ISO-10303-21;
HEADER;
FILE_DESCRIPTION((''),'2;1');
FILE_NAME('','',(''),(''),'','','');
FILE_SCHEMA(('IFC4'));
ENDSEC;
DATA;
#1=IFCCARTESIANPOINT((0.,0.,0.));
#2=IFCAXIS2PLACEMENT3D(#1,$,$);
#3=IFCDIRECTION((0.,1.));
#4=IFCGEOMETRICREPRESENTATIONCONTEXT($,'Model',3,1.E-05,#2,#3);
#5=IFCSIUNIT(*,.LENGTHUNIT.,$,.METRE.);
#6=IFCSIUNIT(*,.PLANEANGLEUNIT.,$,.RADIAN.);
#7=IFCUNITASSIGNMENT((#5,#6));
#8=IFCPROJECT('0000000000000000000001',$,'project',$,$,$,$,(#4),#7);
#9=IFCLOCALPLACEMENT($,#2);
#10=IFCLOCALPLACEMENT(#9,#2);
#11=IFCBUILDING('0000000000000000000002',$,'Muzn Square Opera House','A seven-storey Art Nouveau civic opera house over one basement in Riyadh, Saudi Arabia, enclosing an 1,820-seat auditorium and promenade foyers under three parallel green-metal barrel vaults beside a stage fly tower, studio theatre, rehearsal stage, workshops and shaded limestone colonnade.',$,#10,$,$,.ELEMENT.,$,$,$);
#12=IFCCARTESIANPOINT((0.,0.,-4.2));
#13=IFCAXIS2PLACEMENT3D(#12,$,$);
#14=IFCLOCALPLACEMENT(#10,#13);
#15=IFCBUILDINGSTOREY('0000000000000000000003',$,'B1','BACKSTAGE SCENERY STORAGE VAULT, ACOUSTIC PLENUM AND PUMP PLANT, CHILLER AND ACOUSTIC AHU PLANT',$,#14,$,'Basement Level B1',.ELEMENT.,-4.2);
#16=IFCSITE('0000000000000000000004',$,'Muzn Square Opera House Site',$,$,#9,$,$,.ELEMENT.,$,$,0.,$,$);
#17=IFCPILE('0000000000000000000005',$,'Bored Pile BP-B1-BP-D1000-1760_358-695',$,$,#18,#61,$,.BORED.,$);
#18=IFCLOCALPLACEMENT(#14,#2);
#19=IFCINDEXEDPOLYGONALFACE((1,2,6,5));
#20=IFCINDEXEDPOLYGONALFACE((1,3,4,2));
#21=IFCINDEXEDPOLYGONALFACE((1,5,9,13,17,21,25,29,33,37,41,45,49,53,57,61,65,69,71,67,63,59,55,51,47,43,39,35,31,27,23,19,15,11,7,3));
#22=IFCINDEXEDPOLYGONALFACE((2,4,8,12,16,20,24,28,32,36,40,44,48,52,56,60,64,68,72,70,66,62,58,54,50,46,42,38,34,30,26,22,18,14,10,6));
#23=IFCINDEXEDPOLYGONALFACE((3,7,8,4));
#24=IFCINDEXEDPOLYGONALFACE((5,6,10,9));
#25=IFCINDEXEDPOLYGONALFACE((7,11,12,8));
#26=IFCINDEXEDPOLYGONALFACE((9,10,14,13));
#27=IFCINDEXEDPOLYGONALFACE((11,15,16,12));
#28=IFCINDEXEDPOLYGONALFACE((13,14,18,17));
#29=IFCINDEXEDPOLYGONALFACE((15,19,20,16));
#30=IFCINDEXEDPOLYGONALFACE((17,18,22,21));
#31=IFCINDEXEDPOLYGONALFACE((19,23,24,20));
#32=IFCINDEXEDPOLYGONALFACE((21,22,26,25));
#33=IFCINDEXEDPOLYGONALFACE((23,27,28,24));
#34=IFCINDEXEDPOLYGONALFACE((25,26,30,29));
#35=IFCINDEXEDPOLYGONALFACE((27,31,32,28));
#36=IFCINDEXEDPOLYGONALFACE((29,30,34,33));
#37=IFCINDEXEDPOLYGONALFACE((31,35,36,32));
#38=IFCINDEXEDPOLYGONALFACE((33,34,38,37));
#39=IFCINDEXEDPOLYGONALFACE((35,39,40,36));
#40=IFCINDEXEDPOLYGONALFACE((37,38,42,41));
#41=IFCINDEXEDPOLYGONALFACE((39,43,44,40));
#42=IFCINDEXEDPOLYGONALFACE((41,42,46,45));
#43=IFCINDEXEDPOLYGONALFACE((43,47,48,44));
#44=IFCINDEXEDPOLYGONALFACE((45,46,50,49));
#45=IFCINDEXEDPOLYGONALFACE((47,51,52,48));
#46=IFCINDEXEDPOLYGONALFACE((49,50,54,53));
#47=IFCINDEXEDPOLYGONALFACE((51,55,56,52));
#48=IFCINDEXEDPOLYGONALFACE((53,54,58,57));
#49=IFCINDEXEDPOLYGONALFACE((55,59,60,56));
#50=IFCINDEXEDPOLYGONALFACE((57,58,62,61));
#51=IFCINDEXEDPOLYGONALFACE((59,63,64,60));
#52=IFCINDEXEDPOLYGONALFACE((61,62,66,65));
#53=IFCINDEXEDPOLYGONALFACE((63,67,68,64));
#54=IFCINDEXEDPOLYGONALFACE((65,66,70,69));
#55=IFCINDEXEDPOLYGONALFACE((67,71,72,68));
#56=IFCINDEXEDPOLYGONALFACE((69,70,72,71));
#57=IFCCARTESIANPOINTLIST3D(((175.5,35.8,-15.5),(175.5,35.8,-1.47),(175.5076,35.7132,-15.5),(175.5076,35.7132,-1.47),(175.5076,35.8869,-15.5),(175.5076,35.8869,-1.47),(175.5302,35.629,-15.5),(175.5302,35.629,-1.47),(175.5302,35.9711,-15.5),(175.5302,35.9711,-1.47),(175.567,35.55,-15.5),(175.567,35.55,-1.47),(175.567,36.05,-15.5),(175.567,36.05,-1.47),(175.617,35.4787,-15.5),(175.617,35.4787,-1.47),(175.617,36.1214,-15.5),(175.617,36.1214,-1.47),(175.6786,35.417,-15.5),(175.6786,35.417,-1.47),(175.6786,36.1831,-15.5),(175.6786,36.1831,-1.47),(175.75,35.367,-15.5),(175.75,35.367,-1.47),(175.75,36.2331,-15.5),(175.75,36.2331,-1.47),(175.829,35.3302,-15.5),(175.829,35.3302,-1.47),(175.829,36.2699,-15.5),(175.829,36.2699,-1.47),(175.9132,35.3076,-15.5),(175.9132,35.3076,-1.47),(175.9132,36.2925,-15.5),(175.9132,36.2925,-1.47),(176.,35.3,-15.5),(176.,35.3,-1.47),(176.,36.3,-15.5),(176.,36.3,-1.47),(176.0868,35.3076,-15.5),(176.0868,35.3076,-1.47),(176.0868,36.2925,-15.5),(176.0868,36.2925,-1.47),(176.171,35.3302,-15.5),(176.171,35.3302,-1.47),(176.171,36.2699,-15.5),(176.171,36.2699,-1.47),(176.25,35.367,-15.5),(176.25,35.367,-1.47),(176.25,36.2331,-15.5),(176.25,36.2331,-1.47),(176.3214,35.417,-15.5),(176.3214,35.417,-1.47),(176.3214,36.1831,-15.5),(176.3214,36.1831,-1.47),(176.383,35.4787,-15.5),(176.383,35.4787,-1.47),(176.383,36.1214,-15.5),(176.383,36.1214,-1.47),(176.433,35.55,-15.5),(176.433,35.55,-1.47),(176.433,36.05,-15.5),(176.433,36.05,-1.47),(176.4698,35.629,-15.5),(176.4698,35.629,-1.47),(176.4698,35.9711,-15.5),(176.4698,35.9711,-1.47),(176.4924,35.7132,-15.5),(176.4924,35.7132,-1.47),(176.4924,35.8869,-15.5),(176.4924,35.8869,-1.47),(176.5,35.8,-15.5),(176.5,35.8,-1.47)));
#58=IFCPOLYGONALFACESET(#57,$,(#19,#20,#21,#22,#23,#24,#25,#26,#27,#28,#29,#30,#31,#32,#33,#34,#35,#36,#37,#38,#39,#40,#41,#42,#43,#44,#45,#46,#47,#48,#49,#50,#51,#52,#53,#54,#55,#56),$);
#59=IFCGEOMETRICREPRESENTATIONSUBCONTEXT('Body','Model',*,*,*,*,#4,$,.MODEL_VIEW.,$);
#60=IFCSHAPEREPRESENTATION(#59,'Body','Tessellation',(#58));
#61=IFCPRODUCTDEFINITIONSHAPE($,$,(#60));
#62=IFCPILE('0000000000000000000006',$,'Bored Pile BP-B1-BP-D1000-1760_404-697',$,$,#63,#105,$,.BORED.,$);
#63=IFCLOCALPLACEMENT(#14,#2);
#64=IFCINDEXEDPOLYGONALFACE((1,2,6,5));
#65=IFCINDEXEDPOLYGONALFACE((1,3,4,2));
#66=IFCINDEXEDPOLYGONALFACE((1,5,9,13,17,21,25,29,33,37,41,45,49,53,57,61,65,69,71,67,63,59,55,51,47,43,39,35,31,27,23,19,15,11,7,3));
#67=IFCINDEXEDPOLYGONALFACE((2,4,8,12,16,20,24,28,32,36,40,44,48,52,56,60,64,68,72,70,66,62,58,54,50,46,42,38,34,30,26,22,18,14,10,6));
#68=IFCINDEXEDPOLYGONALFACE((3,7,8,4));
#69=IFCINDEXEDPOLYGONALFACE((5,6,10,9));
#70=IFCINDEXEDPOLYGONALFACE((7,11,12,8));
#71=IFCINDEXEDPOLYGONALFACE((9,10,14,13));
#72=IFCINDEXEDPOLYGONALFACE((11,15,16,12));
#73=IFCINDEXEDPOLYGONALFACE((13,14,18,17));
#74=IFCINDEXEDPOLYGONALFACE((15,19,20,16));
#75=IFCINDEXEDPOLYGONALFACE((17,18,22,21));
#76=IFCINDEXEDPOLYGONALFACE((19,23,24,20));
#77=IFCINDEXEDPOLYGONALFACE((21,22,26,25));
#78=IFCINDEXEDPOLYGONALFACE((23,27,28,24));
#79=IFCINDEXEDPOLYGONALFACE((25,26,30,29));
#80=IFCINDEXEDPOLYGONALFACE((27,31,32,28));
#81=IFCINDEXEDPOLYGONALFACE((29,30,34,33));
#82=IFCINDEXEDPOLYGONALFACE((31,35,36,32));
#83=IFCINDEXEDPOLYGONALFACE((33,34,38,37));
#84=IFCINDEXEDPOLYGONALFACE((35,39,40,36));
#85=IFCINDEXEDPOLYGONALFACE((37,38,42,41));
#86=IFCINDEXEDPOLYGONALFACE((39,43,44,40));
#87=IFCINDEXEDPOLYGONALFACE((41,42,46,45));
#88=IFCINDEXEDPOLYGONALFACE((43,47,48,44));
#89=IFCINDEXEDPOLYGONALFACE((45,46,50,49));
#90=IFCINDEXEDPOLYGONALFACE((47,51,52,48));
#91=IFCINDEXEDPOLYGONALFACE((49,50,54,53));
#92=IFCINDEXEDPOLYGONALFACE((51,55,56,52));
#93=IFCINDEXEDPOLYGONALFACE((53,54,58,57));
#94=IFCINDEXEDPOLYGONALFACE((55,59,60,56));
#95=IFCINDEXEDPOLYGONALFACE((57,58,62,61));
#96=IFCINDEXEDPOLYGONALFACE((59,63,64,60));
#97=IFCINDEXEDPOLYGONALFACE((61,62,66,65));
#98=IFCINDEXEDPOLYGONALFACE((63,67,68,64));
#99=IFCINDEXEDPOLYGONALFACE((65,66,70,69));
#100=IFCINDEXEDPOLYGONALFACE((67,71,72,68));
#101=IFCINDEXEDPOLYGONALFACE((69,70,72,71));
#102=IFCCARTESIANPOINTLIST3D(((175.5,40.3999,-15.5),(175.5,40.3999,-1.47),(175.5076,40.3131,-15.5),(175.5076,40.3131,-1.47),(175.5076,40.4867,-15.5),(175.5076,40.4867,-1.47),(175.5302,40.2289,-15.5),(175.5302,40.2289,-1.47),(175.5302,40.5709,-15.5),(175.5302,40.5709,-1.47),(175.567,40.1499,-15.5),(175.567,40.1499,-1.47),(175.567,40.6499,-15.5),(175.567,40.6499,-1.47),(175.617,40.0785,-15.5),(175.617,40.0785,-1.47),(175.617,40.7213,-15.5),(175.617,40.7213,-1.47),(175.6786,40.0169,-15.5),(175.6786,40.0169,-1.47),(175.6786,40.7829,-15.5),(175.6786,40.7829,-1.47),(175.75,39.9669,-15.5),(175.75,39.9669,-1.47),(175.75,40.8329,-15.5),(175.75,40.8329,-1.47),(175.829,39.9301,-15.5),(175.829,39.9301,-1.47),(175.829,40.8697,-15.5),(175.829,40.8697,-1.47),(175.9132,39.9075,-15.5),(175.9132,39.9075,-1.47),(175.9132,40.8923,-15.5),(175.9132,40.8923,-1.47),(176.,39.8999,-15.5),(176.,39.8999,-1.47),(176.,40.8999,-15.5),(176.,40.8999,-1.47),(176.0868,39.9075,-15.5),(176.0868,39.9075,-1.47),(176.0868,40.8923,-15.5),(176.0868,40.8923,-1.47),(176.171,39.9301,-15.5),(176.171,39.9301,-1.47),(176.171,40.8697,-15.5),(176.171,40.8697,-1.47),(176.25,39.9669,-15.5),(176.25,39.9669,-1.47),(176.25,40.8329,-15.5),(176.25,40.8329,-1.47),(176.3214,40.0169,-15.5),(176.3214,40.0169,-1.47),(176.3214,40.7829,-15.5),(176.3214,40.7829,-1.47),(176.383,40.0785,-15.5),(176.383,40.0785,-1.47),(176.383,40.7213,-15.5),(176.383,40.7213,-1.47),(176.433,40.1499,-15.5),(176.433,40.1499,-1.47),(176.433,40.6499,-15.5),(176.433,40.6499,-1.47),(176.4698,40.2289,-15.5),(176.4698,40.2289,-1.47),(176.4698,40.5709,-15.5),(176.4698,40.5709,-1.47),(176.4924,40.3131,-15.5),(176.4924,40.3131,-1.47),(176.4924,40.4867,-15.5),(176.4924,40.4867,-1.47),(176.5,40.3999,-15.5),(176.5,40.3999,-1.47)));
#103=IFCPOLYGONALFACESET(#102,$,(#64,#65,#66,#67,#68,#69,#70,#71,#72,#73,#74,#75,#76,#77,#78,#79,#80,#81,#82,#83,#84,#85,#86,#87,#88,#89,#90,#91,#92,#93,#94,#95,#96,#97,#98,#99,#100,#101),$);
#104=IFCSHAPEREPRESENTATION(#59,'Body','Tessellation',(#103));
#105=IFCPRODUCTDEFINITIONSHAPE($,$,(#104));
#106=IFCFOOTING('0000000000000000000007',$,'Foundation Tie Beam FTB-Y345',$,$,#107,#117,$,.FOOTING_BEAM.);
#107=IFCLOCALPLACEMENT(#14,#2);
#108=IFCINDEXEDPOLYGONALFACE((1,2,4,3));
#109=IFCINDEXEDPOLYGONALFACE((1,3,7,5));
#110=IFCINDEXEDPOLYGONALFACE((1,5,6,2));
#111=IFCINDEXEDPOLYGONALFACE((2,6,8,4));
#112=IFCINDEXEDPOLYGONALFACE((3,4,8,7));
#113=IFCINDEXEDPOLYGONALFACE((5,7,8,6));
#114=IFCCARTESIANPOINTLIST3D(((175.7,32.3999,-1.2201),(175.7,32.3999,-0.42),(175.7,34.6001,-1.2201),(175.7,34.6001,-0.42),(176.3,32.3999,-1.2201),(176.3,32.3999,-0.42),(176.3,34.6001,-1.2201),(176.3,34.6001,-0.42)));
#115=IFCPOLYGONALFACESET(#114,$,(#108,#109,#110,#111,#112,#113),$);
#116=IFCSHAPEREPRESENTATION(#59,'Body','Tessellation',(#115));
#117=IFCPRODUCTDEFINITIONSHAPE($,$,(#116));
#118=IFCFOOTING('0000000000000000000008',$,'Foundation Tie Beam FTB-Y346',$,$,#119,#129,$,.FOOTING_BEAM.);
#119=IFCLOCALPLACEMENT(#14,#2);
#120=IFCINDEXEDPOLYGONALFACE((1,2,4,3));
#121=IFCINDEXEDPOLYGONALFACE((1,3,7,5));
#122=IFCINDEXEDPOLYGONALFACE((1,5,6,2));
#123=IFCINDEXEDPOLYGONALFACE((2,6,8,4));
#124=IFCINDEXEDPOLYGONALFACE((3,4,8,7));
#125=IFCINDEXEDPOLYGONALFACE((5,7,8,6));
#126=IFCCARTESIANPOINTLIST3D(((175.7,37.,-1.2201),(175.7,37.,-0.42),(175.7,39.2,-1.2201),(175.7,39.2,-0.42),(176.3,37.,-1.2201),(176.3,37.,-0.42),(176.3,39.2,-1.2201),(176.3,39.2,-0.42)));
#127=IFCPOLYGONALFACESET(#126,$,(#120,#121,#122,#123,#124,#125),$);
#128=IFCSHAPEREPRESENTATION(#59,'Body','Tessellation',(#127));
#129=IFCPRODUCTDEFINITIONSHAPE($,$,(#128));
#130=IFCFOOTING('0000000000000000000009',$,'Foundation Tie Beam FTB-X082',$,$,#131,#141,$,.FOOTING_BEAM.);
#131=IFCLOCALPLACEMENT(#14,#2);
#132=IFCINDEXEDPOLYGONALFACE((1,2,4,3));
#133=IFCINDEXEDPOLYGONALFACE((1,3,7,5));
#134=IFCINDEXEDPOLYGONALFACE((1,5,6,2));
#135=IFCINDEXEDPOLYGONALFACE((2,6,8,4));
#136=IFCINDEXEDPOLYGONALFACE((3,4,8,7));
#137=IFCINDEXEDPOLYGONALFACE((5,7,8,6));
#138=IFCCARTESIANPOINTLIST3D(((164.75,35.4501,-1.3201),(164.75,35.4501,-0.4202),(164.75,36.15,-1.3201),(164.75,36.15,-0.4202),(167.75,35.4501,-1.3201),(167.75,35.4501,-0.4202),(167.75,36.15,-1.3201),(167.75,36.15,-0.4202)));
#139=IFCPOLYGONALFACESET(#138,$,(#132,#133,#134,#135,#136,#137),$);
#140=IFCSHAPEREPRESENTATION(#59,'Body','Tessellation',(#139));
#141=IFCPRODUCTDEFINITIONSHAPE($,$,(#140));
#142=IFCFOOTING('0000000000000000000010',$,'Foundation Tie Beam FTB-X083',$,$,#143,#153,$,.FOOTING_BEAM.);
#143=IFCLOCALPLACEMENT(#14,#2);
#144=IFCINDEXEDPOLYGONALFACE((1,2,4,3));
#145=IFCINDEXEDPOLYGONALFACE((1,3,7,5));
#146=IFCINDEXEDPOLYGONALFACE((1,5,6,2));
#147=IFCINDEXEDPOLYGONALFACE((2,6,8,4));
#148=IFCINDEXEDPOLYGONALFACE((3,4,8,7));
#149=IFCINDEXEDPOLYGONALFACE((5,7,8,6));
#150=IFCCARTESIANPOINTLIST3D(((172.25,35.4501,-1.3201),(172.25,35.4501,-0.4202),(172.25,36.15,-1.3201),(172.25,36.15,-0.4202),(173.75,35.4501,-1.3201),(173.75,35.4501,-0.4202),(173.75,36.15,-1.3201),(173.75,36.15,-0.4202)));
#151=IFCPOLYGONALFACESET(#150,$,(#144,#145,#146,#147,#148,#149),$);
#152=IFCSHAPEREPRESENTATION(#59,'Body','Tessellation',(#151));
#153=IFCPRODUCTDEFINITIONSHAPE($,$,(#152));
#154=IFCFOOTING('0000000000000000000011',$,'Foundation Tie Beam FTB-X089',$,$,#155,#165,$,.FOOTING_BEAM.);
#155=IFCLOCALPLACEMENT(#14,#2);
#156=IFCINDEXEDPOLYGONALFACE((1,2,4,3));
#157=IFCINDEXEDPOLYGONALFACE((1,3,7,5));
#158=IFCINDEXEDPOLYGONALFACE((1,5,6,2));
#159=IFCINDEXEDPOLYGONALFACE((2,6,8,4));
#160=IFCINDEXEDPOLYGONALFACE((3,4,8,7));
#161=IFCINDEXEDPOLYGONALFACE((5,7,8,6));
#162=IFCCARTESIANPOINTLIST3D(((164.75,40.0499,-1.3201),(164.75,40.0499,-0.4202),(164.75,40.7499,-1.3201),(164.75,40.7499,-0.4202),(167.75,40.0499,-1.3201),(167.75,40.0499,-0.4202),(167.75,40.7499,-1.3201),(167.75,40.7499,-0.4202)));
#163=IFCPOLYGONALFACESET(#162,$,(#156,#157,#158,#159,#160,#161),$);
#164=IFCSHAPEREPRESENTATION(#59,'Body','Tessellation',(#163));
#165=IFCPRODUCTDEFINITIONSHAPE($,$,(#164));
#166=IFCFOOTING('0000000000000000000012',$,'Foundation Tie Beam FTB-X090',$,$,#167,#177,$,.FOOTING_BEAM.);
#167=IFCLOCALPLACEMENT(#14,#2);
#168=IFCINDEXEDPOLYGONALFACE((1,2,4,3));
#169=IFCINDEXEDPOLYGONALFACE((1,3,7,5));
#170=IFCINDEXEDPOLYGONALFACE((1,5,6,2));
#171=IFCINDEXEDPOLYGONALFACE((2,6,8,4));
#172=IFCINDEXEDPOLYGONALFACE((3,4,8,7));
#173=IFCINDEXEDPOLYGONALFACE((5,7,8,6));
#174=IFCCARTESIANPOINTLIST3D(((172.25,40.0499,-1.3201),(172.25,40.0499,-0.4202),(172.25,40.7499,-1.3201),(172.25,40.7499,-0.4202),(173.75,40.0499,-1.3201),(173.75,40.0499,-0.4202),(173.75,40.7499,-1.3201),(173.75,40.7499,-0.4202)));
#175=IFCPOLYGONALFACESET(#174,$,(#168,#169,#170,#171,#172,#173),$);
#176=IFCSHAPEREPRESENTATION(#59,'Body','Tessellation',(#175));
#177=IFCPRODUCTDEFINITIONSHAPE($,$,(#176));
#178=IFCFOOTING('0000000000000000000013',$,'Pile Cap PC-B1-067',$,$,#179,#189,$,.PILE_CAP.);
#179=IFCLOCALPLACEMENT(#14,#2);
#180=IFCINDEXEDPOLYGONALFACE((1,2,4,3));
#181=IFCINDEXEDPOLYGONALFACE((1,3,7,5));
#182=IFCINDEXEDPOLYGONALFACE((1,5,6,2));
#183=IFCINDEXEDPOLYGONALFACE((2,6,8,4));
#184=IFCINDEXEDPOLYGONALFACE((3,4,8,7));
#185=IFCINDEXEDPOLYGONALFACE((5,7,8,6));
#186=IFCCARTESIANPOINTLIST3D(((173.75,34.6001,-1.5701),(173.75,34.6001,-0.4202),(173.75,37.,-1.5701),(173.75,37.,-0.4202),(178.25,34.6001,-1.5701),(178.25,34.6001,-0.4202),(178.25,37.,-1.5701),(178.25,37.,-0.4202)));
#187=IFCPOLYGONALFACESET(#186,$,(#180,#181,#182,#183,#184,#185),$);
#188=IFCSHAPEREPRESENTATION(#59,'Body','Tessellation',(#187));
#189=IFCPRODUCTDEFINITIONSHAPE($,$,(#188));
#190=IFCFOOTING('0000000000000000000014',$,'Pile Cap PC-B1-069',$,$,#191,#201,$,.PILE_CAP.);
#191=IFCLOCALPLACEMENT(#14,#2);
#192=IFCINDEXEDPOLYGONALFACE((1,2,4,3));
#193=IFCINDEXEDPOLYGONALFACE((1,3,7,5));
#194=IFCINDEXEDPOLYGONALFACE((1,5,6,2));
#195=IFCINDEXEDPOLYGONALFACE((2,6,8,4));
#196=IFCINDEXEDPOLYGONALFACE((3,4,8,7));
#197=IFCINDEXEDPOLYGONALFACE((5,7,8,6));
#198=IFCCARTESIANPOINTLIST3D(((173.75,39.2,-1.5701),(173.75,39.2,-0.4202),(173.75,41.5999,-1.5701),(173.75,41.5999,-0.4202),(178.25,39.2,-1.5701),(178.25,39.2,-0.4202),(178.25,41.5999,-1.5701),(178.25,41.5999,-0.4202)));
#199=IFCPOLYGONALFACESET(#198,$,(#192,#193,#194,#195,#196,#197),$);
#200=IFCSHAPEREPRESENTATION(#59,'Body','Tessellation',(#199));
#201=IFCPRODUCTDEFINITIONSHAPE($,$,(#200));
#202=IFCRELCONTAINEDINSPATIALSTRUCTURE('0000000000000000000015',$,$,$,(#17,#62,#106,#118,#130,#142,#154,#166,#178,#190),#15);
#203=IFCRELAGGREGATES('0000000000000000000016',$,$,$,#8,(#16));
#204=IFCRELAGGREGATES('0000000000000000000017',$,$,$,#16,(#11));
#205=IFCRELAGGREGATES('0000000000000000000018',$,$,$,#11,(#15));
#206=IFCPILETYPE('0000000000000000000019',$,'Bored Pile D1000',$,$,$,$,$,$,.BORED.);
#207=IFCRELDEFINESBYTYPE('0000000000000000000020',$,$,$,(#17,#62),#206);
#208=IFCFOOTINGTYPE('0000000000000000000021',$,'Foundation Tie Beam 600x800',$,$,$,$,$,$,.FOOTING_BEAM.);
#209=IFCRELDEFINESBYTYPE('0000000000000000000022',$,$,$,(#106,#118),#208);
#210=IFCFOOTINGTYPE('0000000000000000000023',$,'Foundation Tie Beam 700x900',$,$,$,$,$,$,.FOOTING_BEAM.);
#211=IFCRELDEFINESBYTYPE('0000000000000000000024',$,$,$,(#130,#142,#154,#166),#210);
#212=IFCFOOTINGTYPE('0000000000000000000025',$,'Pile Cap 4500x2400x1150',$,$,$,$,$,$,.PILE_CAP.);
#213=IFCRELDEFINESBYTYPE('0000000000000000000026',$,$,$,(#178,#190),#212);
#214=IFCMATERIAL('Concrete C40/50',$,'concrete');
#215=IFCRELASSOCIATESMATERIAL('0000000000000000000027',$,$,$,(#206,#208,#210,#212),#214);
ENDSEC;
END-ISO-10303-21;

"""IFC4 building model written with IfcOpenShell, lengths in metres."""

from ifc_helpers import new_model, si_unit, direction, frame, origin, origin_2d, place, context, subcontext, project, spatial, rectangle, circle, extrude, material, material_profile, profile_set, type_object, element, save


model = new_model("IFC4")

# Units and contexts
model_context = context("Model", 3, precision=1e-05, world=origin(), true_north=direction((0.0, 1.0)))
body_context = subcontext(model_context, "Body", "Model", "MODEL_VIEW")
ifc_project = project(units=[si_unit("LENGTHUNIT", "METRE"), si_unit("PLANEANGLEUNIT", "RADIAN")], contexts=[model_context])

# Site, building, storey
site_placement = place(None, origin())
site = spatial("IfcSite", under=ifc_project, at=site_placement, Name="Muzn Square Opera House Site", CompositionType="ELEMENT", RefElevation=0.0)
building_placement = place(site_placement, origin())
building = spatial("IfcBuilding", under=site, at=building_placement, Name="Muzn Square Opera House", Description="A seven-storey Art Nouveau civic opera house over one basement in Riyadh, Saudi Arabia, enclosing an 1,820-seat auditorium and promenade foyers under three parallel green-metal barrel vaults beside a stage fly tower, studio theatre, rehearsal stage, workshops and shaded limestone colonnade.", CompositionType="ELEMENT")
storey_placement = place(building_placement, frame((0.0, 0.0, -4.2)))
storey = spatial("IfcBuildingStorey", under=building, at=storey_placement, Name="B1", Description="BACKSTAGE SCENERY STORAGE VAULT, ACOUSTIC PLENUM AND PUMP PLANT, CHILLER AND ACOUSTIC AHU PLANT", LongName="Basement Level B1", CompositionType="ELEMENT", Elevation=-4.2)

# Piles
ifc_material_1 = material(Name="Concrete C40/50", Category="concrete")
ifc_material_profile_1 = material_profile(ifc_material_1, circle(Radius=0.5, at=origin_2d()), Name="BORED PILE D1000", Category="concrete")
ifc_profile_set_1 = profile_set([ifc_material_profile_1], Name="Concrete C40/50")
pile_type = type_object("IfcPileType", Name="Bored Pile D1000", PredefinedType="BORED", material=ifc_profile_set_1)
for number, where, z_axis, x_axis, name in (
    (1, (176.0, 35.8, -1.47), (0.0, 0.0, -1.0), (1.0, 0.0, 0.0), "Bored Pile BP-B1-BP-D1000-1760_358-695"),
    (2, (176.0, 40.3999, -1.47), (0.0, 0.0, -1.0), (1.0, 0.0, 0.0), "Bored Pile BP-B1-BP-D1000-1760_404-697"),
):
    element("IfcPile", number, at=place(storey_placement, frame(where, z_axis=z_axis, x_axis=x_axis)), inside=storey, type_object=pile_type, Name=name, PredefinedType="BORED", context=body_context, shape_type="SweptSolid", body=[
        extrude(circle(Radius=0.5, at=origin_2d()), origin(), (0.0, 0.0, 1.0), 14.03),
    ])

# Footings
ifc_material_profile_2 = material_profile(ifc_material_1, rectangle(XDim=0.6001, YDim=0.8, at=origin_2d()), Name="RCTB 600x800", Category="concrete")
ifc_profile_set_2 = profile_set([ifc_material_profile_2], Name="Concrete C40/50")
footing_type_1 = type_object("IfcFootingType", Name="Foundation Tie Beam 600x800", PredefinedType="FOOTING_BEAM", material=ifc_profile_set_2)
footing_1_placement = place(storey_placement, frame((176.0, 32.3999, -0.8201), z_axis=(0.0, 1.0, 0.0), x_axis=(-1.0, 0.0, 0.0)))
element("IfcFooting", 3, at=footing_1_placement, inside=storey, type_object=footing_type_1, Name="Foundation Tie Beam FTB-Y345", PredefinedType="FOOTING_BEAM", context=body_context, shape_type="SweptSolid", body=[
    extrude(rectangle(XDim=0.6001, YDim=0.8, at=origin_2d()), origin(), (0.0, 0.0, 1.0), 2.2002),
])
footing_2_placement = place(storey_placement, frame((176.0, 37.0, -0.8201), z_axis=(0.0, 1.0, 0.0), x_axis=(-1.0, 0.0, 0.0)))
element("IfcFooting", 4, at=footing_2_placement, inside=storey, type_object=footing_type_1, Name="Foundation Tie Beam FTB-Y346", PredefinedType="FOOTING_BEAM", context=body_context, shape_type="SweptSolid", body=[
    extrude(rectangle(XDim=0.6001, YDim=0.8, at=origin_2d()), origin(), (0.0, 0.0, 1.0), 2.2),
])
ifc_material_profile_3 = material_profile(ifc_material_1, rectangle(XDim=0.7, YDim=0.8999, at=origin_2d()), Name="RCTB 700x900", Category="concrete")
ifc_profile_set_3 = profile_set([ifc_material_profile_3], Name="Concrete C40/50")
footing_type_2 = type_object("IfcFootingType", Name="Foundation Tie Beam 700x900", PredefinedType="FOOTING_BEAM", material=ifc_profile_set_3)
footing_3_placement = place(storey_placement, frame((164.75, 35.8, -0.8701), z_axis=(1.0, 0.0, 0.0), x_axis=(0.0, 1.0, 0.0)))
element("IfcFooting", 5, at=footing_3_placement, inside=storey, type_object=footing_type_2, Name="Foundation Tie Beam FTB-X082", PredefinedType="FOOTING_BEAM", context=body_context, shape_type="SweptSolid", body=[
    extrude(rectangle(XDim=0.7, YDim=0.8999, at=origin_2d()), origin(), (0.0, 0.0, 1.0), 3.0),
])
footing_4_placement = place(storey_placement, frame((172.25, 35.8, -0.8701), z_axis=(1.0, 0.0, 0.0), x_axis=(0.0, 1.0, 0.0)))
element("IfcFooting", 6, at=footing_4_placement, inside=storey, type_object=footing_type_2, Name="Foundation Tie Beam FTB-X083", PredefinedType="FOOTING_BEAM", context=body_context, shape_type="SweptSolid", body=[
    extrude(rectangle(XDim=0.7, YDim=0.8999, at=origin_2d()), origin(), (0.0, 0.0, 1.0), 1.5),
])
footing_5_placement = place(storey_placement, frame((164.75, 40.3999, -0.8701), z_axis=(1.0, 0.0, 0.0), x_axis=(0.0, 1.0, 0.0)))
element("IfcFooting", 7, at=footing_5_placement, inside=storey, type_object=footing_type_2, Name="Foundation Tie Beam FTB-X089", PredefinedType="FOOTING_BEAM", context=body_context, shape_type="SweptSolid", body=[
    extrude(rectangle(XDim=0.7, YDim=0.8999, at=origin_2d()), origin(), (0.0, 0.0, 1.0), 3.0),
])
footing_6_placement = place(storey_placement, frame((172.25, 40.3999, -0.8701), z_axis=(1.0, 0.0, 0.0), x_axis=(0.0, 1.0, 0.0)))
element("IfcFooting", 8, at=footing_6_placement, inside=storey, type_object=footing_type_2, Name="Foundation Tie Beam FTB-X090", PredefinedType="FOOTING_BEAM", context=body_context, shape_type="SweptSolid", body=[
    extrude(rectangle(XDim=0.7, YDim=0.8999, at=origin_2d()), origin(), (0.0, 0.0, 1.0), 1.5),
])
footing_type_3 = type_object("IfcFootingType", Name="Pile Cap 4500x2400x1150", PredefinedType="PILE_CAP", material=ifc_material_1)
for number, where, z_axis, x_axis, name in (
    (9, (176.0, 35.8, -1.5701), (0.0, 0.0, 1.0), (1.0, 0.0, 0.0), "Pile Cap PC-B1-067"),
    (10, (176.0, 40.3999, -1.5701), (0.0, 0.0, 1.0), (1.0, 0.0, 0.0), "Pile Cap PC-B1-069"),
):
    element("IfcFooting", number, at=place(storey_placement, frame(where, z_axis=z_axis, x_axis=x_axis)), inside=storey, type_object=footing_type_3, Name=name, PredefinedType="PILE_CAP", context=body_context, shape_type="SweptSolid", body=[
        extrude(rectangle(XDim=4.5, YDim=2.3999, at=origin_2d()), origin(), (0.0, 0.0, 1.0), 1.1499),
    ])

save(model, "model.ifc")
